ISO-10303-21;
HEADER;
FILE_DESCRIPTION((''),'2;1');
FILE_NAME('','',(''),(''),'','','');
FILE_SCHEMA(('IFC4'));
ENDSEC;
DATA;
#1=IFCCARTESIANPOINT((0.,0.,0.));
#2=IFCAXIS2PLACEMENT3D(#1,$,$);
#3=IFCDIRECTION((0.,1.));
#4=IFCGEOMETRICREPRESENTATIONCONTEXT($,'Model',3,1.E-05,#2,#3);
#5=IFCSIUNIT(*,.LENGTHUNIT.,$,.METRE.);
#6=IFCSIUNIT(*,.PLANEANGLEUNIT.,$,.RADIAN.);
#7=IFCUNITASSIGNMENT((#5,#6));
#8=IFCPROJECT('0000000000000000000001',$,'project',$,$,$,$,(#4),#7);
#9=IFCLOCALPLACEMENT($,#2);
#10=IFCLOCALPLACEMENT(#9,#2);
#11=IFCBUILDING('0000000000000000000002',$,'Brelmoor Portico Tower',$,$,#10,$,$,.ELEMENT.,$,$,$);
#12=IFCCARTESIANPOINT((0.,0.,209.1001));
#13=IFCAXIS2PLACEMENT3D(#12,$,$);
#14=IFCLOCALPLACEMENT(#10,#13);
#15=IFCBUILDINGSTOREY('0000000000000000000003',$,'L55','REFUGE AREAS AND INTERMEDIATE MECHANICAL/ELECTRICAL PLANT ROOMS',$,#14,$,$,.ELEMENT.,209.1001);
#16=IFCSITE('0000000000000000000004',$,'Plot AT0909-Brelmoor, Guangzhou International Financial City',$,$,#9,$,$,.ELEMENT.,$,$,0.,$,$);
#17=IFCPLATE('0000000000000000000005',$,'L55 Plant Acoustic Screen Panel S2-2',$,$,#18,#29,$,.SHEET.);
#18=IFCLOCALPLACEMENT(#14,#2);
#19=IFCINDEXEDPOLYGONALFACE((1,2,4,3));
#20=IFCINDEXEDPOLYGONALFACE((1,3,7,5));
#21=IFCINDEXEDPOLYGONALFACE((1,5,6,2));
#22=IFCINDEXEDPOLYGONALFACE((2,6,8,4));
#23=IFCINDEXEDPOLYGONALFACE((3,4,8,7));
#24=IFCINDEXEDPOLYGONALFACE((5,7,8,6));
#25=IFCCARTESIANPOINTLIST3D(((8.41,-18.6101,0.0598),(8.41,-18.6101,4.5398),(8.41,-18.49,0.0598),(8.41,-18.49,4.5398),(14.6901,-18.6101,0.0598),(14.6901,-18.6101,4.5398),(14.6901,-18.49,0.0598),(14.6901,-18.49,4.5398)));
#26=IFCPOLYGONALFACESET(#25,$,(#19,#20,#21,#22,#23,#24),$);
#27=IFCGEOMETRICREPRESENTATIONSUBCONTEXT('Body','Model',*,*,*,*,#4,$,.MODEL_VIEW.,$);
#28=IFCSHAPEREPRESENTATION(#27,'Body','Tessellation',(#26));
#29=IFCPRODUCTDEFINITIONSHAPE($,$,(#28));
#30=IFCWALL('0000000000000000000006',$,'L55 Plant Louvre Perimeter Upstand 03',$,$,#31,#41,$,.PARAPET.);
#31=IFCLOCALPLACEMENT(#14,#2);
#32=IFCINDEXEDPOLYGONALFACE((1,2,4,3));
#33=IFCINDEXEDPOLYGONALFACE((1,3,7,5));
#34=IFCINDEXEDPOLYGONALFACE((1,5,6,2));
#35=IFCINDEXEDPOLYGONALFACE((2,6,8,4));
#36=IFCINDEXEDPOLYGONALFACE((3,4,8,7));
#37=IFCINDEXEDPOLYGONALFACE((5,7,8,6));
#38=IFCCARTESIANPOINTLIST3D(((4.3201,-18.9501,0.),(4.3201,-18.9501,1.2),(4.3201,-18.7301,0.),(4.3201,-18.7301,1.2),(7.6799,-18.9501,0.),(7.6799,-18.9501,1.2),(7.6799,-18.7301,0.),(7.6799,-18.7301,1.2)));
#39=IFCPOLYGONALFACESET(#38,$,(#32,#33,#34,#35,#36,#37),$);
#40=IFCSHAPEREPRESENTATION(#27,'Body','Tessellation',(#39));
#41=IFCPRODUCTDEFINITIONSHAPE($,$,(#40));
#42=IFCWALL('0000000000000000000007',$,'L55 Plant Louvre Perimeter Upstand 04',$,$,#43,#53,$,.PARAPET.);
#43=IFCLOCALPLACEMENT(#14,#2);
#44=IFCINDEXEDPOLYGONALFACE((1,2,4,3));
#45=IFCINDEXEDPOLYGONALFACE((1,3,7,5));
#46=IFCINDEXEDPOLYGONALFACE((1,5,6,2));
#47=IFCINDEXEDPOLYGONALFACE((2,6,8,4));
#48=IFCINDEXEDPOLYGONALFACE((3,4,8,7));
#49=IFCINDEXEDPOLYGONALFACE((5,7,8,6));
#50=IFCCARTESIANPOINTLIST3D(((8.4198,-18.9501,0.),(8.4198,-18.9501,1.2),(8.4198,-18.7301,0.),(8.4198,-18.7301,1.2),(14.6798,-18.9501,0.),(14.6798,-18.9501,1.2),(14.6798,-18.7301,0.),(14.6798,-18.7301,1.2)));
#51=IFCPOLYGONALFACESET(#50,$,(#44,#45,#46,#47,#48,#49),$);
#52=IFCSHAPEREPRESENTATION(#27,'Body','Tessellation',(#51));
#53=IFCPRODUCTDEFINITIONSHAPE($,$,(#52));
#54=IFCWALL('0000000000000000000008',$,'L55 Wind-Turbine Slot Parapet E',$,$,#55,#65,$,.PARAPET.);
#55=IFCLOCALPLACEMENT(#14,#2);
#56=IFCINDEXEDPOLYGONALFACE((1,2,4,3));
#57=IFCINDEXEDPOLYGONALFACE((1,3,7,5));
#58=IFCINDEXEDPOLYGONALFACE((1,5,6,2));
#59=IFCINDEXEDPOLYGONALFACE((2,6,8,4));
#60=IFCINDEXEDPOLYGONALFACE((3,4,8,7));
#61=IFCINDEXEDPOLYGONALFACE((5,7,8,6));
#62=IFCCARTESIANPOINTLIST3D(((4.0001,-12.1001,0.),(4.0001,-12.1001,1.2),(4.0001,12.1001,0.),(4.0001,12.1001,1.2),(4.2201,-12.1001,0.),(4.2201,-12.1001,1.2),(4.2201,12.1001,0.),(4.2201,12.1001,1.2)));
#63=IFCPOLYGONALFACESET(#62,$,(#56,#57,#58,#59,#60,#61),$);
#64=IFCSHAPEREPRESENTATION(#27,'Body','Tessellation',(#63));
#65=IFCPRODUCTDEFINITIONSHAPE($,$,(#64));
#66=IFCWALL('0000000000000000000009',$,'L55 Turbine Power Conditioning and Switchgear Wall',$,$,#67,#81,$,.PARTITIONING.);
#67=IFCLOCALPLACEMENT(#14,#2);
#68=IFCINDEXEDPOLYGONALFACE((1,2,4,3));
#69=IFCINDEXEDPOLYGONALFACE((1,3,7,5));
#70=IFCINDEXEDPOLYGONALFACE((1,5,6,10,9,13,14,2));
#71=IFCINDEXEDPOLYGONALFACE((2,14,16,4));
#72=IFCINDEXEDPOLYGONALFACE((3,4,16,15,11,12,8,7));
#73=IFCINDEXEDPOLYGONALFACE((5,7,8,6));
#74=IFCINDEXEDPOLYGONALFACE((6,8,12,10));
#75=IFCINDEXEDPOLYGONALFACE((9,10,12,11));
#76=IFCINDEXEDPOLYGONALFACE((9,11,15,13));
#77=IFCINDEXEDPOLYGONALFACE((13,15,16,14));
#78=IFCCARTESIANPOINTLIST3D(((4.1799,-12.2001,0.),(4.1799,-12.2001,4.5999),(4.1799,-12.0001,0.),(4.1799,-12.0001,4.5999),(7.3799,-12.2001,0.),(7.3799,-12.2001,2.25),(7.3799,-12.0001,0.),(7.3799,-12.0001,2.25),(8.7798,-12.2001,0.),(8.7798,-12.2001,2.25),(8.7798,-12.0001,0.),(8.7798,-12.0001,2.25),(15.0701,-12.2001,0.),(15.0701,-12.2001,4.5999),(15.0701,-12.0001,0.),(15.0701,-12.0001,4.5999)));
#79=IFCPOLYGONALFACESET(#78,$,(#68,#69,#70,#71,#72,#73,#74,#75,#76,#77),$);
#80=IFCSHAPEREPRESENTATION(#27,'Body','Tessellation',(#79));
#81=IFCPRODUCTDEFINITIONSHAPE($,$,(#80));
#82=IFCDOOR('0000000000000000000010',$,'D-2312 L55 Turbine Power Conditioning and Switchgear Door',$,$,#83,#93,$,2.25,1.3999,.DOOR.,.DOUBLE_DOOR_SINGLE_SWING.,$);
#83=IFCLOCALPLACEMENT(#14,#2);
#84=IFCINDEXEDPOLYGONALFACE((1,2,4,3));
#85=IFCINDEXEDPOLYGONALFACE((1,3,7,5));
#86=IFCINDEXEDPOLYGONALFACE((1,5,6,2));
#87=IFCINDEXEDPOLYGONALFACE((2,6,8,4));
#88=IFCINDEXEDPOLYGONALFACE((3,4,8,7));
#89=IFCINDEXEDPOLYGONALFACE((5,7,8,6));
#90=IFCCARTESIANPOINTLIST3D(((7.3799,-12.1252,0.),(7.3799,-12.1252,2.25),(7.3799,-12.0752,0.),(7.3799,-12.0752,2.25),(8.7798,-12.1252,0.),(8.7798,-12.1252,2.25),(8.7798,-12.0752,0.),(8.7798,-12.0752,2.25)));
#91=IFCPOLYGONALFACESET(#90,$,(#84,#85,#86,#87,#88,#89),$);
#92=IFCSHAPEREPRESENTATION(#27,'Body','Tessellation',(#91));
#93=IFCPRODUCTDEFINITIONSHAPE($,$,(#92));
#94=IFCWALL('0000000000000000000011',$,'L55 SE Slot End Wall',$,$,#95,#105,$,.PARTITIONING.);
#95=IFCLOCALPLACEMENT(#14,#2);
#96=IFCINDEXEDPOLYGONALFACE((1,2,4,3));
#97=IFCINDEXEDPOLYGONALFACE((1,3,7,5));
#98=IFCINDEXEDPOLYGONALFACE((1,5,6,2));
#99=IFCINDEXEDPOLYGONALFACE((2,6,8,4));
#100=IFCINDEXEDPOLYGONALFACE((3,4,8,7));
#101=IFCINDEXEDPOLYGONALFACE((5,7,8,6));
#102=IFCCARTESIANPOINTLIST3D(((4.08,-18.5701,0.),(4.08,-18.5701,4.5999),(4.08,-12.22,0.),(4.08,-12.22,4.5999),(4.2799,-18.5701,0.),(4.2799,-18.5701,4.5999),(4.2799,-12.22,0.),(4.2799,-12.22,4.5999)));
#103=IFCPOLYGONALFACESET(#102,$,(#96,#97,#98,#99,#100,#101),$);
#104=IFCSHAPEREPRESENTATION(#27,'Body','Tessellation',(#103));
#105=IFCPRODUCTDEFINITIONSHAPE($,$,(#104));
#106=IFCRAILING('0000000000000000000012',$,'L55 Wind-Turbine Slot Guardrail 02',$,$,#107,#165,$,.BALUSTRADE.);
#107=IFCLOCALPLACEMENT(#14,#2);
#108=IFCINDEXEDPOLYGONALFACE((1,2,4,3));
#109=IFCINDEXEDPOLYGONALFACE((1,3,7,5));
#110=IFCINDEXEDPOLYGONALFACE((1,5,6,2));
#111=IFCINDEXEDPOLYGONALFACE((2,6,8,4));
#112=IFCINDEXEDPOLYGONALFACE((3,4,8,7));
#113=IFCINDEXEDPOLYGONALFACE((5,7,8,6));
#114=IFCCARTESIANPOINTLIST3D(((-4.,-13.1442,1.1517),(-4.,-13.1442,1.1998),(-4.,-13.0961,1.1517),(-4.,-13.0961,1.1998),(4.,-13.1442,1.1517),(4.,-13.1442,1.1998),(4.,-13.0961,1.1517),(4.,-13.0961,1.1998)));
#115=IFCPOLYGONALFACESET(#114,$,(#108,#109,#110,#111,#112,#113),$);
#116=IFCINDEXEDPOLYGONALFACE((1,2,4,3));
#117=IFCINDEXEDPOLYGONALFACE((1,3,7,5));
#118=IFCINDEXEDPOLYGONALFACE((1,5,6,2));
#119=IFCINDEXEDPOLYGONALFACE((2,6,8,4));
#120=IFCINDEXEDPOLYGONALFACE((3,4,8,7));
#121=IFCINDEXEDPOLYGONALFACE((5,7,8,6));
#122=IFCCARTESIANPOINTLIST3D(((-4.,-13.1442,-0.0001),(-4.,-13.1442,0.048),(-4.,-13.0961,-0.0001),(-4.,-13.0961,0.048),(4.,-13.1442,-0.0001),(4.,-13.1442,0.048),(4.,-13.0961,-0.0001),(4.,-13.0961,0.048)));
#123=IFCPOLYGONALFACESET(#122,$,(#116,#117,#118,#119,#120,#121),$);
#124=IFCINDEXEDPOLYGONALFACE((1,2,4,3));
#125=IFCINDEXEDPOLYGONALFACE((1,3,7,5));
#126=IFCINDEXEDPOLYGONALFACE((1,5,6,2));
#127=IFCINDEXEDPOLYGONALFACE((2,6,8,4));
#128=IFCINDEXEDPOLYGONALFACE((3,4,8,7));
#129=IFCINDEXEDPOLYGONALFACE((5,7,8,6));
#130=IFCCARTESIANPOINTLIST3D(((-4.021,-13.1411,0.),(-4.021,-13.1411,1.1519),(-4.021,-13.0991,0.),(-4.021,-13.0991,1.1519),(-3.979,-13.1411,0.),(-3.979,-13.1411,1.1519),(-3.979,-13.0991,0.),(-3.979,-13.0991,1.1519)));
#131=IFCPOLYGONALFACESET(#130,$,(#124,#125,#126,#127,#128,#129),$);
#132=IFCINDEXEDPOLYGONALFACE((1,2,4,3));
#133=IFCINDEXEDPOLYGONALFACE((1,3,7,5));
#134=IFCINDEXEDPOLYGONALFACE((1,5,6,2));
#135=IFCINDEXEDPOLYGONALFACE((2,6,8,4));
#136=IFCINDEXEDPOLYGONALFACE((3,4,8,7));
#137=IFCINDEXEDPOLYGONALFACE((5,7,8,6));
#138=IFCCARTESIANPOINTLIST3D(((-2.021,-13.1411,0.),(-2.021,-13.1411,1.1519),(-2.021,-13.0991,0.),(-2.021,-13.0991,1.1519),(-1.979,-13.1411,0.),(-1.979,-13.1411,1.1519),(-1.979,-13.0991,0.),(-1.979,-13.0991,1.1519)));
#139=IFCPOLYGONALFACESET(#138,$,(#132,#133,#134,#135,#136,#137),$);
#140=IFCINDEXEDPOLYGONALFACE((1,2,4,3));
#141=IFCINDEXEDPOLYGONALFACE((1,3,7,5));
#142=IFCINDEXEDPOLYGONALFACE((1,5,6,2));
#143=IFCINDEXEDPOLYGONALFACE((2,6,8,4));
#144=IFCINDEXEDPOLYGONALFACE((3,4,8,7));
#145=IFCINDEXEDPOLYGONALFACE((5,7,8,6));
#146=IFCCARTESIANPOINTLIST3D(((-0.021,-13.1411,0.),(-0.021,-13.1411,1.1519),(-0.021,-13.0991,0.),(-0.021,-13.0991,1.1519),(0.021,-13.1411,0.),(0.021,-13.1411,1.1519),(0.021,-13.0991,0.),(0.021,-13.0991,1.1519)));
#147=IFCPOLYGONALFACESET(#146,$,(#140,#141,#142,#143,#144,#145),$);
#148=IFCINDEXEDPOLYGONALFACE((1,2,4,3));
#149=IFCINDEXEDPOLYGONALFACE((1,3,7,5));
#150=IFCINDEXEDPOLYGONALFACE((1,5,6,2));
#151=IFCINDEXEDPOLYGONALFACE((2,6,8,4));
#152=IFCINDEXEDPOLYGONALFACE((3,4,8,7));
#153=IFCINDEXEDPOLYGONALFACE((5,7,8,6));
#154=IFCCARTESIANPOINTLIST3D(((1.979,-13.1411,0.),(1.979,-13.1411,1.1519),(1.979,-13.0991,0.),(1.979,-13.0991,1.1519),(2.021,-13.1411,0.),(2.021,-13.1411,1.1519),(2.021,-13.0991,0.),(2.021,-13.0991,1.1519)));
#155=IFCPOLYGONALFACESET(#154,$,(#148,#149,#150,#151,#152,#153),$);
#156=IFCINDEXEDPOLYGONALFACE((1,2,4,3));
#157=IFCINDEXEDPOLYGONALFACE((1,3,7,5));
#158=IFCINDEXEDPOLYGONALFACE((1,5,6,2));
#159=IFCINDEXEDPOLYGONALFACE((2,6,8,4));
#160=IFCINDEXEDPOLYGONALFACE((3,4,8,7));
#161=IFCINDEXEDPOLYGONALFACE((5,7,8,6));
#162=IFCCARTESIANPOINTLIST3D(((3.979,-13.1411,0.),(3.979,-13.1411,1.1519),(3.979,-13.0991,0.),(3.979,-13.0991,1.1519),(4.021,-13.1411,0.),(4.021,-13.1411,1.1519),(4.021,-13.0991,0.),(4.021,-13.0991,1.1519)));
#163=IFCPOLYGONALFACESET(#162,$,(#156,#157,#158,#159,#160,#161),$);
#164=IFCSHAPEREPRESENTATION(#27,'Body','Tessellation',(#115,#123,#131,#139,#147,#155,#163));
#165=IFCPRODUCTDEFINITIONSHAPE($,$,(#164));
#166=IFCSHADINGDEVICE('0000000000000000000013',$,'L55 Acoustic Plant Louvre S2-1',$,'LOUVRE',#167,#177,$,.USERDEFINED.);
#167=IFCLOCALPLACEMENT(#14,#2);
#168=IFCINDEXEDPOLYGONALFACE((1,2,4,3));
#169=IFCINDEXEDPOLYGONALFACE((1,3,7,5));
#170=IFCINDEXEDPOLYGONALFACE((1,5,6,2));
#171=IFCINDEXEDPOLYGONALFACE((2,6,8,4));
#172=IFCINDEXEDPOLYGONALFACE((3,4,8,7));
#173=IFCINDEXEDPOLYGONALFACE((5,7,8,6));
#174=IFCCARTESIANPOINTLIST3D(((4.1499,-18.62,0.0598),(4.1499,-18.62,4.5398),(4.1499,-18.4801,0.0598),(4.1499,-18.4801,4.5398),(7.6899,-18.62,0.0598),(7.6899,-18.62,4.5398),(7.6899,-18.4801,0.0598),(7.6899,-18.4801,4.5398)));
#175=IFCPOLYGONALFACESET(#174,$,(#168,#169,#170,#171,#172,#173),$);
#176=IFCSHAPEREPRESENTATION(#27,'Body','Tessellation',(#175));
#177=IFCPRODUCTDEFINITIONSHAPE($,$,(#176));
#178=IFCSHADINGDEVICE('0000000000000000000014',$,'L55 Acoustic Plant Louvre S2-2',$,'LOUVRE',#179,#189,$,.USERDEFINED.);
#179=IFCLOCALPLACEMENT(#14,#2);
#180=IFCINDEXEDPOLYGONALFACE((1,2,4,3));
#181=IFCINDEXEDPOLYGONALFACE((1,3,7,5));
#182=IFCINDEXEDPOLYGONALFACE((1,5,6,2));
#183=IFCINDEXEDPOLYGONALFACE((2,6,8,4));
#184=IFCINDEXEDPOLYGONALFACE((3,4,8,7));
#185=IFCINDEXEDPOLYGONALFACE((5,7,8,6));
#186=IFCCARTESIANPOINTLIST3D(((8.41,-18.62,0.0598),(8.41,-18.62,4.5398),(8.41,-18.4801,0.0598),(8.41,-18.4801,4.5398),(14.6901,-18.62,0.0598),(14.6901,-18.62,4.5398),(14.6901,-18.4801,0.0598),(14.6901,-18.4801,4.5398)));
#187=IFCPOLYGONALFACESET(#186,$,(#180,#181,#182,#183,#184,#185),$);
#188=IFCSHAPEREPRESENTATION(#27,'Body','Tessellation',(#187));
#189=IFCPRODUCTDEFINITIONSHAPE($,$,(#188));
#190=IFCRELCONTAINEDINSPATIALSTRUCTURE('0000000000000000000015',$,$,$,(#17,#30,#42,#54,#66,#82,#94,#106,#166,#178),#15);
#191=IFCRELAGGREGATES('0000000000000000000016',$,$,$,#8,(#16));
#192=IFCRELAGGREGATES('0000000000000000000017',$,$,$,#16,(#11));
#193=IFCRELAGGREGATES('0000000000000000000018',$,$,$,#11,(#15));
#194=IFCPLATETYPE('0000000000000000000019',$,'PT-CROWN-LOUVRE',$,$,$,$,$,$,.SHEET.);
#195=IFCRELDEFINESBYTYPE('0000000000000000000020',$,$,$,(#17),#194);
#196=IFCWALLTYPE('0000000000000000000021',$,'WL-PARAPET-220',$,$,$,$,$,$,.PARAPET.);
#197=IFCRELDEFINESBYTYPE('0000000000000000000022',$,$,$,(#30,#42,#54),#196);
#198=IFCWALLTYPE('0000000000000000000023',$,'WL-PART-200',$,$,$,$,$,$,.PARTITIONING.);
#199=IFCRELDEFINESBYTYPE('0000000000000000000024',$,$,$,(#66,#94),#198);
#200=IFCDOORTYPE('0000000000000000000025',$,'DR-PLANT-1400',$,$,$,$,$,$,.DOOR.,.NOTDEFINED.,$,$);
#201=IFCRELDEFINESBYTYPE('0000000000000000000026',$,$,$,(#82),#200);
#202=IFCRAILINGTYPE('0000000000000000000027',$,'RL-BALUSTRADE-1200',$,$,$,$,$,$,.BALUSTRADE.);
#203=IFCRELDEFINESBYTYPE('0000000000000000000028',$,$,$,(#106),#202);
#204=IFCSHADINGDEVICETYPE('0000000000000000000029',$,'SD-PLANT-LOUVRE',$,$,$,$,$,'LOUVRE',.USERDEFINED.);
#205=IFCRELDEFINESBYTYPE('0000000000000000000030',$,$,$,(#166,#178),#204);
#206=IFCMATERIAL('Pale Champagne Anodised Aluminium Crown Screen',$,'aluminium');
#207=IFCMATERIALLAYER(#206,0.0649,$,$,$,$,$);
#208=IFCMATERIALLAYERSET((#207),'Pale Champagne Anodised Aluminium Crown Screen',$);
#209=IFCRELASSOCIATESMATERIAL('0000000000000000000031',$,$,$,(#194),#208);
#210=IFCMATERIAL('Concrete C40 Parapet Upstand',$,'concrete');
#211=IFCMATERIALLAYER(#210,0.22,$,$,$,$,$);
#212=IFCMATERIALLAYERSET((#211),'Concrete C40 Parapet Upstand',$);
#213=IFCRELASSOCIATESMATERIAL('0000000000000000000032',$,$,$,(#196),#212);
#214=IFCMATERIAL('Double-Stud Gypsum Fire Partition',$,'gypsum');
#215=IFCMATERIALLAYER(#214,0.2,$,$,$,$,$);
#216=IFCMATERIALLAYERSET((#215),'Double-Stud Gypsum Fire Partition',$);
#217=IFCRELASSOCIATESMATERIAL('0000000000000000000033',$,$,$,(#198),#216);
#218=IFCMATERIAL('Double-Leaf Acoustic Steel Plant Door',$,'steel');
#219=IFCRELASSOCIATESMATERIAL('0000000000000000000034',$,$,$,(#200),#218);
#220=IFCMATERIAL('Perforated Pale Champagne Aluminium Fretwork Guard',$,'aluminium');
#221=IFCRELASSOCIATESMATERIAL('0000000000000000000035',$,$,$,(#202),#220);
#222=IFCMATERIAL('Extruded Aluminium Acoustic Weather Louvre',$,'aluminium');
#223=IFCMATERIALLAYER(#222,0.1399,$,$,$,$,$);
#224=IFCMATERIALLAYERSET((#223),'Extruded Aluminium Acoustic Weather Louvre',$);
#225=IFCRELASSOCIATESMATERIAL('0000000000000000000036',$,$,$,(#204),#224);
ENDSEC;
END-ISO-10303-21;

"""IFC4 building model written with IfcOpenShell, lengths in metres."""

from ifc_helpers import new_model, si_unit, direction, frame, frame_2d, origin, origin_2d, place, context, subcontext, project, spatial, rectangle, extrude, material, layer, layer_set, type_object, element, fill, save


model = new_model("IFC4")

# Units and contexts
model_context = context("Model", 3, precision=1e-05, world=origin(), true_north=direction((0.0, 1.0)))
body_context = subcontext(model_context, "Body", "Model", "MODEL_VIEW")
ifc_project = project(units=[si_unit("LENGTHUNIT", "METRE"), si_unit("PLANEANGLEUNIT", "RADIAN")], contexts=[model_context])

# Site, building, storey
site_placement = place(None, origin())
site = spatial("IfcSite", under=ifc_project, at=site_placement, Name="Plot AT0909-Brelmoor, Guangzhou International Financial City", CompositionType="ELEMENT", RefElevation=0.0)
building_placement = place(site_placement, origin())
building = spatial("IfcBuilding", under=site, at=building_placement, Name="Brelmoor Portico Tower", CompositionType="ELEMENT")
storey_placement = place(building_placement, frame((0.0, 0.0, 209.1001)))
storey = spatial("IfcBuildingStorey", under=building, at=storey_placement, Name="L55", Description="REFUGE AREAS AND INTERMEDIATE MECHANICAL/ELECTRICAL PLANT ROOMS", CompositionType="ELEMENT", Elevation=209.1001)

# Plate
ifc_material_1 = material(Name="Pale Champagne Anodised Aluminium Crown Screen", Category="aluminium")
ifc_layer_1 = layer(ifc_material_1, 0.0649)
ifc_layer_set_1 = layer_set([ifc_layer_1], Name="Pale Champagne Anodised Aluminium Crown Screen")
plate_type_1 = type_object("IfcPlateType", Name="PT-CROWN-LOUVRE", PredefinedType="SHEET", material=ifc_layer_set_1)
plate_1_placement = place(storey_placement, frame((11.55, -18.55, 0.0598), z_axis=(0.0, 0.0, 1.0), x_axis=(1.0, 0.0, 0.0)))
element("IfcPlate", 1, at=plate_1_placement, inside=storey, type_object=plate_type_1, Name="L55 Plant Acoustic Screen Panel S2-2", PredefinedType="SHEET", context=body_context, shape_type="SweptSolid", body=[
    extrude(rectangle(XDim=6.28, YDim=0.1201, at=origin_2d()), origin(), (0.0, 0.0, 1.0), 4.48),
])

# Walls
ifc_material_2 = material(Name="Concrete C40 Parapet Upstand", Category="concrete")
ifc_layer_2 = layer(ifc_material_2, 0.22)
ifc_layer_set_2 = layer_set([ifc_layer_2], Name="Concrete C40 Parapet Upstand")
wall_type_1 = type_object("IfcWallType", Name="WL-PARAPET-220", PredefinedType="PARAPET", material=ifc_layer_set_2)
wall_1_placement = place(storey_placement, frame((4.3201, -18.8401, 0.0), z_axis=(0.0, 0.0, 1.0), x_axis=(1.0, 0.0, 0.0)))
element("IfcWall", 2, at=wall_1_placement, inside=storey, type_object=wall_type_1, Name="L55 Plant Louvre Perimeter Upstand 03", PredefinedType="PARAPET", context=body_context, shape_type="SweptSolid", body=[
    extrude(rectangle(XDim=3.3599, YDim=0.22, at=frame_2d((1.6799, 0.0))), origin(), (0.0, 0.0, 1.0), 1.2),
])
wall_2_placement = place(storey_placement, frame((8.4199, -18.8401, 0.0), z_axis=(0.0, 0.0, 1.0), x_axis=(1.0, 0.0, 0.0)))
element("IfcWall", 3, at=wall_2_placement, inside=storey, type_object=wall_type_1, Name="L55 Plant Louvre Perimeter Upstand 04", PredefinedType="PARAPET", context=body_context, shape_type="SweptSolid", body=[
    extrude(rectangle(XDim=6.26, YDim=0.22, at=frame_2d((3.1299, 0.0))), origin(), (0.0, 0.0, 1.0), 1.2),
])
wall_3_placement = place(storey_placement, frame((4.1101, -12.1001, 0.0), z_axis=(0.0, 0.0, 1.0), x_axis=(0.0, 1.0, 0.0)))
element("IfcWall", 4, at=wall_3_placement, inside=storey, type_object=wall_type_1, Name="L55 Wind-Turbine Slot Parapet E", PredefinedType="PARAPET", context=body_context, shape_type="SweptSolid", body=[
    extrude(rectangle(XDim=24.2002, YDim=0.22, at=frame_2d((12.1001, 0.0))), origin(), (0.0, 0.0, 1.0), 1.2),
])

# Wall, opening, door
ifc_material_3 = material(Name="Double-Stud Gypsum Fire Partition", Category="gypsum")
ifc_layer_3 = layer(ifc_material_3, 0.2)
ifc_layer_set_3 = layer_set([ifc_layer_3], Name="Double-Stud Gypsum Fire Partition")
wall_type_2 = type_object("IfcWallType", Name="WL-PART-200", PredefinedType="PARTITIONING", material=ifc_layer_set_3)
wall_4_placement = place(storey_placement, frame((4.1799, -12.1001, 0.0), z_axis=(0.0, 0.0, 1.0), x_axis=(1.0, 0.0, 0.0)))
wall_4 = element("IfcWall", 5, at=wall_4_placement, inside=storey, type_object=wall_type_2, Name="L55 Turbine Power Conditioning and Switchgear Wall", PredefinedType="PARTITIONING", context=body_context, shape_type="SweptSolid", body=[
    extrude(rectangle(XDim=10.8901, YDim=0.2, at=frame_2d((5.4451, 0.0))), origin(), (0.0, 0.0, 1.0), 4.5999),
])
opening_placement = place(wall_4_placement, frame((3.2, 0.0, 0.0)))
opening = element("IfcOpeningElement", 6, at=opening_placement, cuts=wall_4, PredefinedType="OPENING", context=body_context, shape_type="SweptSolid", body=[
    extrude(rectangle(XDim=1.3999, YDim=2.25, at=frame_2d((0.7, 1.125))), frame((0.0, 0.1099, 0.0), z_axis=(0.0, -1.0, 0.0), x_axis=(1.0, 0.0, 0.0)), (0.0, 0.0, 1.0), 0.22),
])
ifc_material_4 = material(Name="Double-Leaf Acoustic Steel Plant Door", Category="steel")
door_type = type_object("IfcDoorType", Name="DR-PLANT-1400", OperationType="NOTDEFINED", PredefinedType="DOOR", material=ifc_material_4)
door_placement = place(opening_placement, origin())
door = element("IfcDoor", 7, at=door_placement, inside=storey, type_object=door_type, Name="D-2312 L55 Turbine Power Conditioning and Switchgear Door", OperationType="DOUBLE_DOOR_SINGLE_SWING", OverallHeight=2.25, OverallWidth=1.3999, PredefinedType="DOOR", context=body_context, shape_type="SweptSolid", body=[
    extrude(rectangle(XDim=1.3999, YDim=2.25, at=frame_2d((0.7, 1.125))), frame((0.0, 0.0249, 0.0), z_axis=(0.0, -1.0, 0.0), x_axis=(1.0, 0.0, 0.0)), (0.0, 0.0, 1.0), 0.05),
])
fill(opening, door)

# Wall
wall_5_placement = place(storey_placement, frame((4.1799, -18.5701, 0.0), z_axis=(0.0, 0.0, 1.0), x_axis=(0.0, 1.0, 0.0)))
element("IfcWall", 8, at=wall_5_placement, inside=storey, type_object=wall_type_2, Name="L55 SE Slot End Wall", PredefinedType="PARTITIONING", context=body_context, shape_type="SweptSolid", body=[
    extrude(rectangle(XDim=6.3501, YDim=0.2, at=frame_2d((3.175, 0.0))), origin(), (0.0, 0.0, 1.0), 4.5999),
])

# Railing
ifc_material_5 = material(Name="Perforated Pale Champagne Aluminium Fretwork Guard", Category="aluminium")
railing_type = type_object("IfcRailingType", Name="RL-BALUSTRADE-1200", PredefinedType="BALUSTRADE", material=ifc_material_5)
railing_placement = place(storey_placement, frame((-4.0, -13.1201, 0.0)))
element("IfcRailing", 9, at=railing_placement, inside=storey, type_object=railing_type, Name="L55 Wind-Turbine Slot Guardrail 02", PredefinedType="BALUSTRADE", context=body_context, shape_type="SweptSolid", body=[
    extrude(rectangle(XDim=0.0481, YDim=0.0481, at=origin_2d()), frame((0.0, 0.0, 1.1758), z_axis=(1.0, 0.0, 0.0), x_axis=(0.0, 1.0, 0.0)), (0.0, 0.0, 1.0), 8.0),
    extrude(rectangle(XDim=0.0481, YDim=0.0481, at=origin_2d()), frame((0.0, 0.0, 0.0239), z_axis=(1.0, 0.0, 0.0), x_axis=(0.0, 1.0, 0.0)), (0.0, 0.0, 1.0), 8.0),
    extrude(rectangle(XDim=0.042, YDim=0.042, at=origin_2d()), origin(), (0.0, 0.0, 1.0), 1.1519),
    extrude(rectangle(XDim=0.042, YDim=0.042, at=origin_2d()), frame((2.0, 0.0, 0.0)), (0.0, 0.0, 1.0), 1.1519),
    extrude(rectangle(XDim=0.042, YDim=0.042, at=origin_2d()), frame((4.0, 0.0, 0.0)), (0.0, 0.0, 1.0), 1.1519),
    extrude(rectangle(XDim=0.042, YDim=0.042, at=origin_2d()), frame((6.0, 0.0, 0.0)), (0.0, 0.0, 1.0), 1.1519),
    extrude(rectangle(XDim=0.042, YDim=0.042, at=origin_2d()), frame((8.0, 0.0, 0.0)), (0.0, 0.0, 1.0), 1.1519),
])

# Shading devices
ifc_material_6 = material(Name="Extruded Aluminium Acoustic Weather Louvre", Category="aluminium")
ifc_layer_4 = layer(ifc_material_6, 0.1399)
ifc_layer_set_4 = layer_set([ifc_layer_4], Name="Extruded Aluminium Acoustic Weather Louvre")
shading_device_type = type_object("IfcShadingDeviceType", Name="SD-PLANT-LOUVRE", ElementType="LOUVRE", PredefinedType="USERDEFINED", material=ifc_layer_set_4)
shading_device_1_placement = place(storey_placement, frame((5.9199, -18.55, 0.0598), z_axis=(0.0, 0.0, 1.0), x_axis=(1.0, 0.0, 0.0)))
element("IfcShadingDevice", 10, at=shading_device_1_placement, inside=storey, type_object=shading_device_type, Name="L55 Acoustic Plant Louvre S2-1", ObjectType="LOUVRE", PredefinedType="USERDEFINED", context=body_context, shape_type="SweptSolid", body=[
    extrude(rectangle(XDim=3.54, YDim=0.1399, at=origin_2d()), origin(), (0.0, 0.0, 1.0), 4.48),
])
shading_device_2_placement = place(storey_placement, frame((11.55, -18.55, 0.0598), z_axis=(0.0, 0.0, 1.0), x_axis=(1.0, 0.0, 0.0)))
element("IfcShadingDevice", 11, at=shading_device_2_placement, inside=storey, type_object=shading_device_type, Name="L55 Acoustic Plant Louvre S2-2", ObjectType="LOUVRE", PredefinedType="USERDEFINED", context=body_context, shape_type="SweptSolid", body=[
    extrude(rectangle(XDim=6.28, YDim=0.1399, at=origin_2d()), origin(), (0.0, 0.0, 1.0), 4.48),
])

save(model, "model.ifc")
